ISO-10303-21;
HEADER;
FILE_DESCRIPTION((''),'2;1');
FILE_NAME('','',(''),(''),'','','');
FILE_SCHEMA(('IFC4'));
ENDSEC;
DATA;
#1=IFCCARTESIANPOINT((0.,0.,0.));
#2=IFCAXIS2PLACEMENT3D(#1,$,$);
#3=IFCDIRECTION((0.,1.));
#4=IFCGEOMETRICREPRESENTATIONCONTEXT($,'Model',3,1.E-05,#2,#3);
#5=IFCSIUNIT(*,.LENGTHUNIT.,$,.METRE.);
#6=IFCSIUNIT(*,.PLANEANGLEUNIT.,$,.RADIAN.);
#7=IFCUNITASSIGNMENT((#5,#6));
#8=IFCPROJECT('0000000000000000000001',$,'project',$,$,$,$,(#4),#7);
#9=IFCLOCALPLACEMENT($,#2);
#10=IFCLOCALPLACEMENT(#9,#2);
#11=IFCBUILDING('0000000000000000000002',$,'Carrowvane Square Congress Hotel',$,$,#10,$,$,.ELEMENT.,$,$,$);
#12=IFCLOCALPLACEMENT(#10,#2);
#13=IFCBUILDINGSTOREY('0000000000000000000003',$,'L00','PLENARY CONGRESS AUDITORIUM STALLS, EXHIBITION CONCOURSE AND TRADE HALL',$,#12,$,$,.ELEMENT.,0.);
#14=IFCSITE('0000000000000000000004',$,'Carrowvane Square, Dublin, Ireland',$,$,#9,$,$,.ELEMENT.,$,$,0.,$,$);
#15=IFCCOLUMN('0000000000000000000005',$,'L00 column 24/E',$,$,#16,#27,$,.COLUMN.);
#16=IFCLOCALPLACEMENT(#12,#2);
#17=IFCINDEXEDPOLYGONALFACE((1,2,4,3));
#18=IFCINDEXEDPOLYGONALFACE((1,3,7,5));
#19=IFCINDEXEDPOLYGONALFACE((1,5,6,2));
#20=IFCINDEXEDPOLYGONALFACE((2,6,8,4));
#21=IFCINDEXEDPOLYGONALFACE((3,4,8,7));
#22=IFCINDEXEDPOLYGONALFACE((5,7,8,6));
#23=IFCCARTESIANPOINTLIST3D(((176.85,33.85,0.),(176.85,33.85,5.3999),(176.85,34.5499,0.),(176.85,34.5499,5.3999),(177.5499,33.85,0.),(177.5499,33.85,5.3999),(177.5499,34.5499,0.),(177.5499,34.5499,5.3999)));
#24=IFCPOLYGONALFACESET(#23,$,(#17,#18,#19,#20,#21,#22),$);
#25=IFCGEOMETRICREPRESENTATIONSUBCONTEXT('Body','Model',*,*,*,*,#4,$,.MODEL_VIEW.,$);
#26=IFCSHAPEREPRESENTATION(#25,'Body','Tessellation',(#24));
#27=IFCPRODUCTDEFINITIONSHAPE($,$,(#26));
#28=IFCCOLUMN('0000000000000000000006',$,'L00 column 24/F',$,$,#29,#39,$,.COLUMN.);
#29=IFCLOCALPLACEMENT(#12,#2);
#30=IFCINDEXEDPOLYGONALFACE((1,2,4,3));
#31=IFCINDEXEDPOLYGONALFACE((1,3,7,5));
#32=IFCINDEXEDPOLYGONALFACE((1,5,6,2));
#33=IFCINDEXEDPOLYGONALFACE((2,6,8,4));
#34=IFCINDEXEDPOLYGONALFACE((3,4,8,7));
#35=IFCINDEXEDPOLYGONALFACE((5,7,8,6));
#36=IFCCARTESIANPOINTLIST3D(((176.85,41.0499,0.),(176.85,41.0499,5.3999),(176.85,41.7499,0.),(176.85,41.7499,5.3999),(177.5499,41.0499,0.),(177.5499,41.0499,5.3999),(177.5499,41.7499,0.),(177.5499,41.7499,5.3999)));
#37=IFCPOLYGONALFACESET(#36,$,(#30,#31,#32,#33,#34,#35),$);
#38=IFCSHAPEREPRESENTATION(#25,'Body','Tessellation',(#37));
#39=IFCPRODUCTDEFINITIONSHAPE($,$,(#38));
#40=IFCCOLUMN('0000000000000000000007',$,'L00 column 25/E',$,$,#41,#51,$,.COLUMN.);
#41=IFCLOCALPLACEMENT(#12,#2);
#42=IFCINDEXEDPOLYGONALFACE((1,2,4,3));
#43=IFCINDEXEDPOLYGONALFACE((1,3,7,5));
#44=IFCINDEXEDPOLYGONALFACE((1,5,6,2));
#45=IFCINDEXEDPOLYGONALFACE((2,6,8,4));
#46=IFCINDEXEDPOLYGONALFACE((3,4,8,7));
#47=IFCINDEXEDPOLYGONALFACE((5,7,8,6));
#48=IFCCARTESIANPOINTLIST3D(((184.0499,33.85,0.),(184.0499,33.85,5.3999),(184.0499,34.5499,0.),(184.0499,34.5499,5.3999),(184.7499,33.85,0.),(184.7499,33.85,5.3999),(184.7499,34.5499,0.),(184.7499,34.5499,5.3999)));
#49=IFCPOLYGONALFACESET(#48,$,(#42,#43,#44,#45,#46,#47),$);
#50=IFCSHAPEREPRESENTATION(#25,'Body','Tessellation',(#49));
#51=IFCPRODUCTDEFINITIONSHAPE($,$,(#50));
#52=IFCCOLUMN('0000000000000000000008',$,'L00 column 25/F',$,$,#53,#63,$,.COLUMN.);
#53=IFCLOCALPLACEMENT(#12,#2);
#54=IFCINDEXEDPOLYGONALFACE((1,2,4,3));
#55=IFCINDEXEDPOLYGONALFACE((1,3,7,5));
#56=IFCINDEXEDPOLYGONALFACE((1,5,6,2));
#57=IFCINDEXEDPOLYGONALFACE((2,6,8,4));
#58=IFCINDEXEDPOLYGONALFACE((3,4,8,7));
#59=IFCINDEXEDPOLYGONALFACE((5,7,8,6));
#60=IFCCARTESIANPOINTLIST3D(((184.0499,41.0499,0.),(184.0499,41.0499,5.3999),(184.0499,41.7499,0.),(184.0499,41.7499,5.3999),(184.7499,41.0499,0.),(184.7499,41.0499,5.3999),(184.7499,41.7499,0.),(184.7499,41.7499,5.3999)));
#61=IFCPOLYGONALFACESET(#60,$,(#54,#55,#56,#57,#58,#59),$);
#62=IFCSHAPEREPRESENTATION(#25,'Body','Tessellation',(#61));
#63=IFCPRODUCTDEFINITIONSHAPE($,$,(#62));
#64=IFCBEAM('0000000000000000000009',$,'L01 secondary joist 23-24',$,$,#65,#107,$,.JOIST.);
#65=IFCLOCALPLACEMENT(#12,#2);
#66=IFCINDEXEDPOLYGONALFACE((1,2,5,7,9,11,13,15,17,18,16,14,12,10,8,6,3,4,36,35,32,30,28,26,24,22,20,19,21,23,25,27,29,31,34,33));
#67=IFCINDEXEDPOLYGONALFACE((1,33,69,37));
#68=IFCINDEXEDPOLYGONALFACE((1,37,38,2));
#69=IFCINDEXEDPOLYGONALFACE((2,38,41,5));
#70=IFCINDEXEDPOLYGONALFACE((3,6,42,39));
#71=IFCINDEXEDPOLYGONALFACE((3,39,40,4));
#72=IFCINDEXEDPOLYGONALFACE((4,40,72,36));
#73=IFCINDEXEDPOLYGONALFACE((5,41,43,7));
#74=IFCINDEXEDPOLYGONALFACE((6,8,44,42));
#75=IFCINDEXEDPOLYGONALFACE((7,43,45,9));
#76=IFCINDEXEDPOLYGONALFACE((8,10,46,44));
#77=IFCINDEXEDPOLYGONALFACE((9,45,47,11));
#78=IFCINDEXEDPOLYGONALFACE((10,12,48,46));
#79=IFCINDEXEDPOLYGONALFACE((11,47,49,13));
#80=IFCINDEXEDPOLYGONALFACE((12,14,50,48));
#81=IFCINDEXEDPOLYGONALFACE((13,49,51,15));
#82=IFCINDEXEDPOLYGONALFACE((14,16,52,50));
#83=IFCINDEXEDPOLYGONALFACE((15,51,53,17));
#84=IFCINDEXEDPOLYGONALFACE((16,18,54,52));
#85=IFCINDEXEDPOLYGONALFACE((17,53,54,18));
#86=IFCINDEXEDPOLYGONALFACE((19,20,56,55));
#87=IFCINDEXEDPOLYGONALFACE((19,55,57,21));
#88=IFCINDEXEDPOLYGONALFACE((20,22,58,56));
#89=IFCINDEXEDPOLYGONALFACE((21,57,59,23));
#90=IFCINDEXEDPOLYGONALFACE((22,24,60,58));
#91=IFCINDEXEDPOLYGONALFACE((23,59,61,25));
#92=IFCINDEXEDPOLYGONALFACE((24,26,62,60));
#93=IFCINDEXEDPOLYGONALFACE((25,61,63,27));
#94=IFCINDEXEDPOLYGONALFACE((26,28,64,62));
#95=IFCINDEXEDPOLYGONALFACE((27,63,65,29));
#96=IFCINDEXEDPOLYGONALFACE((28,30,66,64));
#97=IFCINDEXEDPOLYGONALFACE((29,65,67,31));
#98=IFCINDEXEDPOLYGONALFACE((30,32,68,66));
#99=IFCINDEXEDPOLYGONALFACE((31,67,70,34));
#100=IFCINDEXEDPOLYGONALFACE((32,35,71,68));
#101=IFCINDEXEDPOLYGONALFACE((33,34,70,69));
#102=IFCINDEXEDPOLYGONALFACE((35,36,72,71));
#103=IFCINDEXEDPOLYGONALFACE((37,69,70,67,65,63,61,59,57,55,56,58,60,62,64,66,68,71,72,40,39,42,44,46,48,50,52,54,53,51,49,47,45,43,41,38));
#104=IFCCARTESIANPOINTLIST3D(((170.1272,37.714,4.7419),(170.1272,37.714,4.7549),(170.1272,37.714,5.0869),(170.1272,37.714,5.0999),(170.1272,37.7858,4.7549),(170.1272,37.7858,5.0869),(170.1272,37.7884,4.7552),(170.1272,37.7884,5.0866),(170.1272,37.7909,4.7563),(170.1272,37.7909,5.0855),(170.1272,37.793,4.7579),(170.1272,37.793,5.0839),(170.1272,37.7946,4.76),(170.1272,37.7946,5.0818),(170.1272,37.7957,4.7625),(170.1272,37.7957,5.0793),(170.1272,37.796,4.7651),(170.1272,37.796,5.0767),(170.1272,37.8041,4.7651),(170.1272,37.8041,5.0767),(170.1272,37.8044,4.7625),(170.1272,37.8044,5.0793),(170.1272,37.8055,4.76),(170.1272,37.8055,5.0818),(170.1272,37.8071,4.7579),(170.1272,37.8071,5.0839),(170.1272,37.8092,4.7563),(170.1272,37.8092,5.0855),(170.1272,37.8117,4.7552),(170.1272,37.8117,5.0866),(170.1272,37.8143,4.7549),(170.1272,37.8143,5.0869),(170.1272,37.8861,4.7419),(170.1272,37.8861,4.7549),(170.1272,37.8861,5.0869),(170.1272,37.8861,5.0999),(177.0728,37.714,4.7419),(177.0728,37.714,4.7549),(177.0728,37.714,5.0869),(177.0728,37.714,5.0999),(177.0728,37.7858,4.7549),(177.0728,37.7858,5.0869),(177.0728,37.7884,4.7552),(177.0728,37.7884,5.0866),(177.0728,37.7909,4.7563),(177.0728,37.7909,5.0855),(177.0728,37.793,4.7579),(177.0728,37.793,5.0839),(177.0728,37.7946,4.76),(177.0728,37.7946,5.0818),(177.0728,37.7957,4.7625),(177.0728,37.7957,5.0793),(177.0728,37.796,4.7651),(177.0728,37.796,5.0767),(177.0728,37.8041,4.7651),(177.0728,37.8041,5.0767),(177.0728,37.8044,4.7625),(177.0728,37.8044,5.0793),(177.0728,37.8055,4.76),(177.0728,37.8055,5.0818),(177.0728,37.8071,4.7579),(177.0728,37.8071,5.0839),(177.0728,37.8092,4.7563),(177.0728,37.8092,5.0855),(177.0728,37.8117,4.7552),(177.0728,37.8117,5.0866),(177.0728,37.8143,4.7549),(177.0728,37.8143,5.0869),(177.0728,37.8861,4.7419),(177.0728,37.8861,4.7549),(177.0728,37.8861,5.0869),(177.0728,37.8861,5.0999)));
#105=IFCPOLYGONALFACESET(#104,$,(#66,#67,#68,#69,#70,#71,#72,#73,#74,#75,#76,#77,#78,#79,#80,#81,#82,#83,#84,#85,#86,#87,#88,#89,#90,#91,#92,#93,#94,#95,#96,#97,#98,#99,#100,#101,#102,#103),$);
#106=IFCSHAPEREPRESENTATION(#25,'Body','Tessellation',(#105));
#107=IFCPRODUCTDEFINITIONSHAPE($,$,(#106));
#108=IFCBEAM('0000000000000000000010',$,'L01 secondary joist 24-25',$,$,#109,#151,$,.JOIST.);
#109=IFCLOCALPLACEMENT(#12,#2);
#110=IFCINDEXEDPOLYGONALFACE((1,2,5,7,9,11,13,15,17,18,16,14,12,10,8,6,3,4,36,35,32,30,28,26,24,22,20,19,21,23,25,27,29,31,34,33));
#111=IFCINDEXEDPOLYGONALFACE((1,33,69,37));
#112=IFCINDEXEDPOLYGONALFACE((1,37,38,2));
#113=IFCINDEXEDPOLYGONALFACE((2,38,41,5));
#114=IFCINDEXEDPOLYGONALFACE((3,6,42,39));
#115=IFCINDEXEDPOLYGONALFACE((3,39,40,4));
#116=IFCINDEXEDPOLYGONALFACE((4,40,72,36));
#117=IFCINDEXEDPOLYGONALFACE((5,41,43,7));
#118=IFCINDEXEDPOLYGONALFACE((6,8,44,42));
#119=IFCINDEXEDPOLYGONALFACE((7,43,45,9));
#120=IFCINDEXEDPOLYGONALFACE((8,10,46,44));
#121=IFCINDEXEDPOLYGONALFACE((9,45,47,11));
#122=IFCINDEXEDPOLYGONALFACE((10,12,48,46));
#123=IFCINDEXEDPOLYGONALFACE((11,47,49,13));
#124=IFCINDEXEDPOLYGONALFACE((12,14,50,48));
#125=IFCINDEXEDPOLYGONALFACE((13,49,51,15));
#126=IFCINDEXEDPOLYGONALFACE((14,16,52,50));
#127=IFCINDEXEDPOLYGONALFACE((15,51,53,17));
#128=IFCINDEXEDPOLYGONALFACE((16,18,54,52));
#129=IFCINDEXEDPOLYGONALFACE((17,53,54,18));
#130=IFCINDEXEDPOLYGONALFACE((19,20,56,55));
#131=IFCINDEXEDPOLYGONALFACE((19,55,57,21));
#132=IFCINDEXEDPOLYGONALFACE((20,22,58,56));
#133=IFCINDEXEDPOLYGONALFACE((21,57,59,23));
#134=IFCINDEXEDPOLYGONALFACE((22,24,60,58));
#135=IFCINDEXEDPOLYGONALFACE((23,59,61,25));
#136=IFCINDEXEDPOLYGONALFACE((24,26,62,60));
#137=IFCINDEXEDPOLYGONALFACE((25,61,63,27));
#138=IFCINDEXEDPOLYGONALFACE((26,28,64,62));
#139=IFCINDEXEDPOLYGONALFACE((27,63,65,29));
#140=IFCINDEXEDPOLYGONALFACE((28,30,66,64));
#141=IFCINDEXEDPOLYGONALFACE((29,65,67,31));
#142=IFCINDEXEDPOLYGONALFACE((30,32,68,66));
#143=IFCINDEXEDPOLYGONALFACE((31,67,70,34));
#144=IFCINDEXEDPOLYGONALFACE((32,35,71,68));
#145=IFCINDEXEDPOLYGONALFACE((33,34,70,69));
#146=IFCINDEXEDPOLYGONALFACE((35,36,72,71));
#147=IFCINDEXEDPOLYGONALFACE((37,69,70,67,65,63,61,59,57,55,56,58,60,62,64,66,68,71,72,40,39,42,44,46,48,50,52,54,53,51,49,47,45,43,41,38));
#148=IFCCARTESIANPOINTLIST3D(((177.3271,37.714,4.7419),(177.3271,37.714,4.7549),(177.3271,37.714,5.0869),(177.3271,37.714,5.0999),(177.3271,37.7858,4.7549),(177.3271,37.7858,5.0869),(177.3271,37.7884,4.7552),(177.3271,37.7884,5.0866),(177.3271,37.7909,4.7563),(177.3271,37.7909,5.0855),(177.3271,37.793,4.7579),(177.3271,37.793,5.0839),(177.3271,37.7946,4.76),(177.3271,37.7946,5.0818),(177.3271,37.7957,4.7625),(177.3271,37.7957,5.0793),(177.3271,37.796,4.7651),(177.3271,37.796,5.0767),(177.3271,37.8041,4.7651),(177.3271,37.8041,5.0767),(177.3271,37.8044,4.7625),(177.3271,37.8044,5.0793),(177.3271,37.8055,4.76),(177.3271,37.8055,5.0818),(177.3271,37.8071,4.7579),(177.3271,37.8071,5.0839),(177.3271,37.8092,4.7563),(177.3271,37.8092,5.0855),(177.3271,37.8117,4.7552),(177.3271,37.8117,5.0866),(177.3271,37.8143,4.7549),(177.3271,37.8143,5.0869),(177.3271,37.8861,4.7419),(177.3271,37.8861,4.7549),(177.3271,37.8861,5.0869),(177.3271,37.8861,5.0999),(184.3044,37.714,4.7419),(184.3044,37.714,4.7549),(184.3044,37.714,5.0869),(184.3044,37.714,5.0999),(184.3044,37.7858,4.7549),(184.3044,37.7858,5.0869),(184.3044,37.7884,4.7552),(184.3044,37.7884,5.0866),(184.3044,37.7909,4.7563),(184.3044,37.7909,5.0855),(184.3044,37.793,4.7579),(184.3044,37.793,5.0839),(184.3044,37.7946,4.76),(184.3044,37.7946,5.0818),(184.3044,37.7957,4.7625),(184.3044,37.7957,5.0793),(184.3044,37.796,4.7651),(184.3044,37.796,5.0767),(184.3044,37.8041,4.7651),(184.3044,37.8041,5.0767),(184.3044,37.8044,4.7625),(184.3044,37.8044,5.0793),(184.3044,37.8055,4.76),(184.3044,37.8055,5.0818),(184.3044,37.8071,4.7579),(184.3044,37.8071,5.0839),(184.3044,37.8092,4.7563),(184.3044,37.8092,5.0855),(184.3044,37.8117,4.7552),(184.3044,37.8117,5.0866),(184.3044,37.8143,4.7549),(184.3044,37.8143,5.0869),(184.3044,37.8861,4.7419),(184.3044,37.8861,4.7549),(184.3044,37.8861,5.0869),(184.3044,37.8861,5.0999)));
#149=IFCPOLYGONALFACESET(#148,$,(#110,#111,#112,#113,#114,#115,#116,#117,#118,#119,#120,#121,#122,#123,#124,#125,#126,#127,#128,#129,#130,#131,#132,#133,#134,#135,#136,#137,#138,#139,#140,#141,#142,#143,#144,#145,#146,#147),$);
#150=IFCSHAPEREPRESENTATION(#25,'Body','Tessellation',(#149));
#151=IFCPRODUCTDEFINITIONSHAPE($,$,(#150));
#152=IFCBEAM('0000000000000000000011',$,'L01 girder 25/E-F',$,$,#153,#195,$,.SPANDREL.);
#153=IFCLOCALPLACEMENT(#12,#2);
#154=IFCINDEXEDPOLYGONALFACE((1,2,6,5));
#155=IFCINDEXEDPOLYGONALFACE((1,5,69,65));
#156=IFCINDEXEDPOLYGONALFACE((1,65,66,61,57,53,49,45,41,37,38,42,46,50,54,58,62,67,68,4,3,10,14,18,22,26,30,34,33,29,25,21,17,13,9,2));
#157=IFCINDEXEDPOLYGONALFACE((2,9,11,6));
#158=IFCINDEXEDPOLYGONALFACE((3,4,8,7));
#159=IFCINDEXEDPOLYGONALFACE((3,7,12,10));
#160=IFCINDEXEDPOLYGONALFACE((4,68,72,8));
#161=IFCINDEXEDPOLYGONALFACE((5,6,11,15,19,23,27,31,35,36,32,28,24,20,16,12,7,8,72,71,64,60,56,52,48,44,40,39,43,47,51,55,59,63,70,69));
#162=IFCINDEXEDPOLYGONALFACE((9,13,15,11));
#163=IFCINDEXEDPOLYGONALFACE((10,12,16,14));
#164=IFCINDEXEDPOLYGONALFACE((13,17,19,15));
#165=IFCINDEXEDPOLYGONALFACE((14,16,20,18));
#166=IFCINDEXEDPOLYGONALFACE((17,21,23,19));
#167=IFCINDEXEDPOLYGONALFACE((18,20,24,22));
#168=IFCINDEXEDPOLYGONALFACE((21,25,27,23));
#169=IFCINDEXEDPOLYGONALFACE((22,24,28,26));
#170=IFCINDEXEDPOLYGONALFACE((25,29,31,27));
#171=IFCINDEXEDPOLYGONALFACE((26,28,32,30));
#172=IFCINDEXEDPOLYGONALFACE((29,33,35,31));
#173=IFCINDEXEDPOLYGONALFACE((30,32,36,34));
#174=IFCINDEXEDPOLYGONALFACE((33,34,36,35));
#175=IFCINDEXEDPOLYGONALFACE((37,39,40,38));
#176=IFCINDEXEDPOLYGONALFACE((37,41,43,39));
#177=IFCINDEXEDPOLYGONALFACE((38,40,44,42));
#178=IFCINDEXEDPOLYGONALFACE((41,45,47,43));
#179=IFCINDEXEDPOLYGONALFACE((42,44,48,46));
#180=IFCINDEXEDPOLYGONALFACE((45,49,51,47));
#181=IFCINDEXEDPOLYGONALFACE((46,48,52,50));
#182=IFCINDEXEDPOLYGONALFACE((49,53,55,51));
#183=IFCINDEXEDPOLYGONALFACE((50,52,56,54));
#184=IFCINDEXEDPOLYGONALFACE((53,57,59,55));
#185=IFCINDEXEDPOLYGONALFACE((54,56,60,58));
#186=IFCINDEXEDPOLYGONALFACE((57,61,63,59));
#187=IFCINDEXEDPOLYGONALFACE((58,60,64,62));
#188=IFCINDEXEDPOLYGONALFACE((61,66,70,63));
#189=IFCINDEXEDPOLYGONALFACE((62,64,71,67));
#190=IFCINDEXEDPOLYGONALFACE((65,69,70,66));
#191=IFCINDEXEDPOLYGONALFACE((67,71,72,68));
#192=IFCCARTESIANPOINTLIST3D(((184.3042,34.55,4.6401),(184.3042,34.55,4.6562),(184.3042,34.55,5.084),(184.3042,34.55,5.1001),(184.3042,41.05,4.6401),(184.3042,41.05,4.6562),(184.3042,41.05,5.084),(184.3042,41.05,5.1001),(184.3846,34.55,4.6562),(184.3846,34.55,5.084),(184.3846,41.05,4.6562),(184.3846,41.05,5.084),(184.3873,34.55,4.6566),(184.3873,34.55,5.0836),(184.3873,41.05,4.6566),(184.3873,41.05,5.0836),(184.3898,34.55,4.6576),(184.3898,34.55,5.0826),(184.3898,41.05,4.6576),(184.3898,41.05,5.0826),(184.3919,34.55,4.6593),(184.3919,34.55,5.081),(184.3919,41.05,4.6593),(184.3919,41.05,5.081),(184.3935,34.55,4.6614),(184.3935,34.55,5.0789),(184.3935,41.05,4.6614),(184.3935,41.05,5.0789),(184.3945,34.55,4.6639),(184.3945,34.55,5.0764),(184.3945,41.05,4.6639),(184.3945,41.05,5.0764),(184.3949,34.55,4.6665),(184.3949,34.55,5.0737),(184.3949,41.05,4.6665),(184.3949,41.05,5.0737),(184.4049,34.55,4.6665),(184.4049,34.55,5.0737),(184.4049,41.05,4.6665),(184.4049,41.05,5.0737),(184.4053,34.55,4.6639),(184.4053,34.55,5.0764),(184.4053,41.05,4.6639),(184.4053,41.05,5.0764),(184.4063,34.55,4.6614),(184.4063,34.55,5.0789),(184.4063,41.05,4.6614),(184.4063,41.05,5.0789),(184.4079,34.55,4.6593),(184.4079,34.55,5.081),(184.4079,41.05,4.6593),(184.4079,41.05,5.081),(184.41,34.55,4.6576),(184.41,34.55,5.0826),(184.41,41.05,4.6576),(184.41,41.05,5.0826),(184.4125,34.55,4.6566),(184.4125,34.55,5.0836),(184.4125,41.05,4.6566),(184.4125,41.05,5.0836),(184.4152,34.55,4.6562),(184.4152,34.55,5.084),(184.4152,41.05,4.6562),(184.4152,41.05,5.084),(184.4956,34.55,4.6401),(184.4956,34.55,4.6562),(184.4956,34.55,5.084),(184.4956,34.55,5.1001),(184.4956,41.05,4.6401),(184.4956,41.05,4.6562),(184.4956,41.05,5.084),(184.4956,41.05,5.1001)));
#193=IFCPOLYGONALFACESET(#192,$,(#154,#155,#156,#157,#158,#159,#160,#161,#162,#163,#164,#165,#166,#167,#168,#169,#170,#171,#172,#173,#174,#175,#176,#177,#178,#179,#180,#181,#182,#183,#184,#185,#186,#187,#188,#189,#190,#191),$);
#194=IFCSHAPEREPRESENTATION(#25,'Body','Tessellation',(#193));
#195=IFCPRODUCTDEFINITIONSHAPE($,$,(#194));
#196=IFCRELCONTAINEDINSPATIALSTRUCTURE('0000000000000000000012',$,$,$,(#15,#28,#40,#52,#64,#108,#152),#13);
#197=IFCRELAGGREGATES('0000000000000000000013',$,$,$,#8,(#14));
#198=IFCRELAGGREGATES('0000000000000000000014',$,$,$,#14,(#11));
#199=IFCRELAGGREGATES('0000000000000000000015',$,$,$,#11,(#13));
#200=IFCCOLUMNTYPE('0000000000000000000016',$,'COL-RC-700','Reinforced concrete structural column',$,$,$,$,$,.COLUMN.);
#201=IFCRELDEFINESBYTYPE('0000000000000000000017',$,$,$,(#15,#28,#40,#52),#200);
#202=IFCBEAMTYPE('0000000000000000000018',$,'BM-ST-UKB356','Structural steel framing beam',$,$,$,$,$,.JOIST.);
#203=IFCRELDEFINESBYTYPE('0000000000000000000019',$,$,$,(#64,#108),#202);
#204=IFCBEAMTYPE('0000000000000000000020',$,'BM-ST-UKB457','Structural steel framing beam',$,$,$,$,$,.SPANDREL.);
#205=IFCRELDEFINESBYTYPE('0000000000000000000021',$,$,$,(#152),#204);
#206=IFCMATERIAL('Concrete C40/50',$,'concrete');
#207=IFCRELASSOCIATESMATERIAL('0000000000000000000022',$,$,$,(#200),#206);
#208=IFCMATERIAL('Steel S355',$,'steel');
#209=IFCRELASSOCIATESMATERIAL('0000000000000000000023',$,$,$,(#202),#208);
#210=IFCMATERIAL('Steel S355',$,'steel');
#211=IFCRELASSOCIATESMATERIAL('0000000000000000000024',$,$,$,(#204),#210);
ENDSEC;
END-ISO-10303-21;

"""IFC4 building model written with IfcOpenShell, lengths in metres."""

from ifc_helpers import new_model, si_unit, direction, frame, origin, origin_2d, place, context, subcontext, project, spatial, rectangle, i_section, extrude, material, material_profile, profile_set, type_object, element, save


model = new_model("IFC4")

# Units and contexts
model_context = context("Model", 3, precision=1e-05, world=origin(), true_north=direction((0.0, 1.0)))
body_context = subcontext(model_context, "Body", "Model", "MODEL_VIEW")
ifc_project = project(units=[si_unit("LENGTHUNIT", "METRE"), si_unit("PLANEANGLEUNIT", "RADIAN")], contexts=[model_context])

# Site, building, storey
site_placement = place(None, origin())
site = spatial("IfcSite", under=ifc_project, at=site_placement, Name="Carrowvane Square, Dublin, Ireland", CompositionType="ELEMENT", RefElevation=0.0)
building_placement = place(site_placement, origin())
building = spatial("IfcBuilding", under=site, at=building_placement, Name="Carrowvane Square Congress Hotel", CompositionType="ELEMENT")
storey_placement = place(building_placement, origin())
storey = spatial("IfcBuildingStorey", under=building, at=storey_placement, Name="L00", Description="PLENARY CONGRESS AUDITORIUM STALLS, EXHIBITION CONCOURSE AND TRADE HALL", CompositionType="ELEMENT", Elevation=0.0)

# Columns
ifc_material_1 = material(Name="Concrete C40/50", Category="concrete")
ifc_material_profile_1 = material_profile(ifc_material_1, rectangle(XDim=0.7, YDim=0.7, at=origin_2d()), Name="RC 700x700")
ifc_profile_set_1 = profile_set([ifc_material_profile_1], Name="Concrete C40/50")
column_type = type_object("IfcColumnType", Name="COL-RC-700", Description="Reinforced concrete structural column", PredefinedType="COLUMN", material=ifc_profile_set_1)
for number, where, z_axis, x_axis, name in (
    (1, (177.2, 34.2, 0.0), (0.0, 0.0, 1.0), (1.0, 0.0, 0.0), "L00 column 24/E"),
    (2, (177.2, 41.3999, 0.0), (0.0, 0.0, 1.0), (1.0, 0.0, 0.0), "L00 column 24/F"),
    (3, (184.3999, 34.2, 0.0), (0.0, 0.0, 1.0), (1.0, 0.0, 0.0), "L00 column 25/E"),
    (4, (184.3999, 41.3999, 0.0), (0.0, 0.0, 1.0), (1.0, 0.0, 0.0), "L00 column 25/F"),
):
    element("IfcColumn", number, at=place(storey_placement, frame(where, z_axis=z_axis, x_axis=x_axis)), inside=storey, type_object=column_type, Name=name, PredefinedType="COLUMN", context=body_context, shape_type="SweptSolid", body=[
        extrude(rectangle(XDim=0.7, YDim=0.7, at=origin_2d()), origin(), (0.0, 0.0, 1.0), 5.3999),
    ])

# Beams
ifc_material_2 = material(Name="Steel S355", Category="steel")
ifc_material_profile_2 = material_profile(ifc_material_2, i_section(OverallWidth=0.1721, OverallDepth=0.3579, WebThickness=0.0081, FlangeThickness=0.0129, FilletRadius=0.0103, at=origin_2d()), Name="UKB 356x171x57")
ifc_profile_set_2 = profile_set([ifc_material_profile_2], Name="Steel S355")
beam_type_1 = type_object("IfcBeamType", Name="BM-ST-UKB356", Description="Structural steel framing beam", PredefinedType="JOIST", material=ifc_profile_set_2)
beam_1_placement = place(storey_placement, frame((170.1272, 37.8, 4.9209), z_axis=(1.0, 0.0, 0.0), x_axis=(0.0, 1.0, 0.0)))
element("IfcBeam", 5, at=beam_1_placement, inside=storey, type_object=beam_type_1, Name="L01 secondary joist 23-24", PredefinedType="JOIST", context=body_context, shape_type="SweptSolid", body=[
    extrude(i_section(OverallWidth=0.1721, OverallDepth=0.3579, WebThickness=0.0081, FlangeThickness=0.0129, FilletRadius=0.0103, at=origin_2d()), origin(), (0.0, 0.0, 1.0), 6.9456),
])
beam_2_placement = place(storey_placement, frame((177.3271, 37.8, 4.9209), z_axis=(1.0, 0.0, 0.0), x_axis=(0.0, 1.0, 0.0)))
element("IfcBeam", 6, at=beam_2_placement, inside=storey, type_object=beam_type_1, Name="L01 secondary joist 24-25", PredefinedType="JOIST", context=body_context, shape_type="SweptSolid", body=[
    extrude(i_section(OverallWidth=0.1721, OverallDepth=0.3579, WebThickness=0.0081, FlangeThickness=0.0129, FilletRadius=0.0103, at=origin_2d()), origin(), (0.0, 0.0, 1.0), 6.9773),
])
ifc_material_3 = material(Name="Steel S355", Category="steel")
ifc_material_profile_3 = material_profile(ifc_material_3, i_section(OverallWidth=0.1914, OverallDepth=0.46, WebThickness=0.01, FlangeThickness=0.0161, FilletRadius=0.0103, at=origin_2d()), Name="UKB 457x191x82")
ifc_profile_set_3 = profile_set([ifc_material_profile_3], Name="Steel S355")
beam_type_2 = type_object("IfcBeamType", Name="BM-ST-UKB457", Description="Structural steel framing beam", PredefinedType="SPANDREL", material=ifc_profile_set_3)
beam_3_placement = place(storey_placement, frame((184.3999, 34.55, 4.8701), z_axis=(0.0, 1.0, 0.0), x_axis=(-1.0, 0.0, 0.0)))
element("IfcBeam", 7, at=beam_3_placement, inside=storey, type_object=beam_type_2, Name="L01 girder 25/E-F", PredefinedType="SPANDREL", context=body_context, shape_type="SweptSolid", body=[
    extrude(i_section(OverallWidth=0.1914, OverallDepth=0.46, WebThickness=0.01, FlangeThickness=0.0161, FilletRadius=0.0103, at=origin_2d()), origin(), (0.0, 0.0, 1.0), 6.5),
])

save(model, "model.ifc")
